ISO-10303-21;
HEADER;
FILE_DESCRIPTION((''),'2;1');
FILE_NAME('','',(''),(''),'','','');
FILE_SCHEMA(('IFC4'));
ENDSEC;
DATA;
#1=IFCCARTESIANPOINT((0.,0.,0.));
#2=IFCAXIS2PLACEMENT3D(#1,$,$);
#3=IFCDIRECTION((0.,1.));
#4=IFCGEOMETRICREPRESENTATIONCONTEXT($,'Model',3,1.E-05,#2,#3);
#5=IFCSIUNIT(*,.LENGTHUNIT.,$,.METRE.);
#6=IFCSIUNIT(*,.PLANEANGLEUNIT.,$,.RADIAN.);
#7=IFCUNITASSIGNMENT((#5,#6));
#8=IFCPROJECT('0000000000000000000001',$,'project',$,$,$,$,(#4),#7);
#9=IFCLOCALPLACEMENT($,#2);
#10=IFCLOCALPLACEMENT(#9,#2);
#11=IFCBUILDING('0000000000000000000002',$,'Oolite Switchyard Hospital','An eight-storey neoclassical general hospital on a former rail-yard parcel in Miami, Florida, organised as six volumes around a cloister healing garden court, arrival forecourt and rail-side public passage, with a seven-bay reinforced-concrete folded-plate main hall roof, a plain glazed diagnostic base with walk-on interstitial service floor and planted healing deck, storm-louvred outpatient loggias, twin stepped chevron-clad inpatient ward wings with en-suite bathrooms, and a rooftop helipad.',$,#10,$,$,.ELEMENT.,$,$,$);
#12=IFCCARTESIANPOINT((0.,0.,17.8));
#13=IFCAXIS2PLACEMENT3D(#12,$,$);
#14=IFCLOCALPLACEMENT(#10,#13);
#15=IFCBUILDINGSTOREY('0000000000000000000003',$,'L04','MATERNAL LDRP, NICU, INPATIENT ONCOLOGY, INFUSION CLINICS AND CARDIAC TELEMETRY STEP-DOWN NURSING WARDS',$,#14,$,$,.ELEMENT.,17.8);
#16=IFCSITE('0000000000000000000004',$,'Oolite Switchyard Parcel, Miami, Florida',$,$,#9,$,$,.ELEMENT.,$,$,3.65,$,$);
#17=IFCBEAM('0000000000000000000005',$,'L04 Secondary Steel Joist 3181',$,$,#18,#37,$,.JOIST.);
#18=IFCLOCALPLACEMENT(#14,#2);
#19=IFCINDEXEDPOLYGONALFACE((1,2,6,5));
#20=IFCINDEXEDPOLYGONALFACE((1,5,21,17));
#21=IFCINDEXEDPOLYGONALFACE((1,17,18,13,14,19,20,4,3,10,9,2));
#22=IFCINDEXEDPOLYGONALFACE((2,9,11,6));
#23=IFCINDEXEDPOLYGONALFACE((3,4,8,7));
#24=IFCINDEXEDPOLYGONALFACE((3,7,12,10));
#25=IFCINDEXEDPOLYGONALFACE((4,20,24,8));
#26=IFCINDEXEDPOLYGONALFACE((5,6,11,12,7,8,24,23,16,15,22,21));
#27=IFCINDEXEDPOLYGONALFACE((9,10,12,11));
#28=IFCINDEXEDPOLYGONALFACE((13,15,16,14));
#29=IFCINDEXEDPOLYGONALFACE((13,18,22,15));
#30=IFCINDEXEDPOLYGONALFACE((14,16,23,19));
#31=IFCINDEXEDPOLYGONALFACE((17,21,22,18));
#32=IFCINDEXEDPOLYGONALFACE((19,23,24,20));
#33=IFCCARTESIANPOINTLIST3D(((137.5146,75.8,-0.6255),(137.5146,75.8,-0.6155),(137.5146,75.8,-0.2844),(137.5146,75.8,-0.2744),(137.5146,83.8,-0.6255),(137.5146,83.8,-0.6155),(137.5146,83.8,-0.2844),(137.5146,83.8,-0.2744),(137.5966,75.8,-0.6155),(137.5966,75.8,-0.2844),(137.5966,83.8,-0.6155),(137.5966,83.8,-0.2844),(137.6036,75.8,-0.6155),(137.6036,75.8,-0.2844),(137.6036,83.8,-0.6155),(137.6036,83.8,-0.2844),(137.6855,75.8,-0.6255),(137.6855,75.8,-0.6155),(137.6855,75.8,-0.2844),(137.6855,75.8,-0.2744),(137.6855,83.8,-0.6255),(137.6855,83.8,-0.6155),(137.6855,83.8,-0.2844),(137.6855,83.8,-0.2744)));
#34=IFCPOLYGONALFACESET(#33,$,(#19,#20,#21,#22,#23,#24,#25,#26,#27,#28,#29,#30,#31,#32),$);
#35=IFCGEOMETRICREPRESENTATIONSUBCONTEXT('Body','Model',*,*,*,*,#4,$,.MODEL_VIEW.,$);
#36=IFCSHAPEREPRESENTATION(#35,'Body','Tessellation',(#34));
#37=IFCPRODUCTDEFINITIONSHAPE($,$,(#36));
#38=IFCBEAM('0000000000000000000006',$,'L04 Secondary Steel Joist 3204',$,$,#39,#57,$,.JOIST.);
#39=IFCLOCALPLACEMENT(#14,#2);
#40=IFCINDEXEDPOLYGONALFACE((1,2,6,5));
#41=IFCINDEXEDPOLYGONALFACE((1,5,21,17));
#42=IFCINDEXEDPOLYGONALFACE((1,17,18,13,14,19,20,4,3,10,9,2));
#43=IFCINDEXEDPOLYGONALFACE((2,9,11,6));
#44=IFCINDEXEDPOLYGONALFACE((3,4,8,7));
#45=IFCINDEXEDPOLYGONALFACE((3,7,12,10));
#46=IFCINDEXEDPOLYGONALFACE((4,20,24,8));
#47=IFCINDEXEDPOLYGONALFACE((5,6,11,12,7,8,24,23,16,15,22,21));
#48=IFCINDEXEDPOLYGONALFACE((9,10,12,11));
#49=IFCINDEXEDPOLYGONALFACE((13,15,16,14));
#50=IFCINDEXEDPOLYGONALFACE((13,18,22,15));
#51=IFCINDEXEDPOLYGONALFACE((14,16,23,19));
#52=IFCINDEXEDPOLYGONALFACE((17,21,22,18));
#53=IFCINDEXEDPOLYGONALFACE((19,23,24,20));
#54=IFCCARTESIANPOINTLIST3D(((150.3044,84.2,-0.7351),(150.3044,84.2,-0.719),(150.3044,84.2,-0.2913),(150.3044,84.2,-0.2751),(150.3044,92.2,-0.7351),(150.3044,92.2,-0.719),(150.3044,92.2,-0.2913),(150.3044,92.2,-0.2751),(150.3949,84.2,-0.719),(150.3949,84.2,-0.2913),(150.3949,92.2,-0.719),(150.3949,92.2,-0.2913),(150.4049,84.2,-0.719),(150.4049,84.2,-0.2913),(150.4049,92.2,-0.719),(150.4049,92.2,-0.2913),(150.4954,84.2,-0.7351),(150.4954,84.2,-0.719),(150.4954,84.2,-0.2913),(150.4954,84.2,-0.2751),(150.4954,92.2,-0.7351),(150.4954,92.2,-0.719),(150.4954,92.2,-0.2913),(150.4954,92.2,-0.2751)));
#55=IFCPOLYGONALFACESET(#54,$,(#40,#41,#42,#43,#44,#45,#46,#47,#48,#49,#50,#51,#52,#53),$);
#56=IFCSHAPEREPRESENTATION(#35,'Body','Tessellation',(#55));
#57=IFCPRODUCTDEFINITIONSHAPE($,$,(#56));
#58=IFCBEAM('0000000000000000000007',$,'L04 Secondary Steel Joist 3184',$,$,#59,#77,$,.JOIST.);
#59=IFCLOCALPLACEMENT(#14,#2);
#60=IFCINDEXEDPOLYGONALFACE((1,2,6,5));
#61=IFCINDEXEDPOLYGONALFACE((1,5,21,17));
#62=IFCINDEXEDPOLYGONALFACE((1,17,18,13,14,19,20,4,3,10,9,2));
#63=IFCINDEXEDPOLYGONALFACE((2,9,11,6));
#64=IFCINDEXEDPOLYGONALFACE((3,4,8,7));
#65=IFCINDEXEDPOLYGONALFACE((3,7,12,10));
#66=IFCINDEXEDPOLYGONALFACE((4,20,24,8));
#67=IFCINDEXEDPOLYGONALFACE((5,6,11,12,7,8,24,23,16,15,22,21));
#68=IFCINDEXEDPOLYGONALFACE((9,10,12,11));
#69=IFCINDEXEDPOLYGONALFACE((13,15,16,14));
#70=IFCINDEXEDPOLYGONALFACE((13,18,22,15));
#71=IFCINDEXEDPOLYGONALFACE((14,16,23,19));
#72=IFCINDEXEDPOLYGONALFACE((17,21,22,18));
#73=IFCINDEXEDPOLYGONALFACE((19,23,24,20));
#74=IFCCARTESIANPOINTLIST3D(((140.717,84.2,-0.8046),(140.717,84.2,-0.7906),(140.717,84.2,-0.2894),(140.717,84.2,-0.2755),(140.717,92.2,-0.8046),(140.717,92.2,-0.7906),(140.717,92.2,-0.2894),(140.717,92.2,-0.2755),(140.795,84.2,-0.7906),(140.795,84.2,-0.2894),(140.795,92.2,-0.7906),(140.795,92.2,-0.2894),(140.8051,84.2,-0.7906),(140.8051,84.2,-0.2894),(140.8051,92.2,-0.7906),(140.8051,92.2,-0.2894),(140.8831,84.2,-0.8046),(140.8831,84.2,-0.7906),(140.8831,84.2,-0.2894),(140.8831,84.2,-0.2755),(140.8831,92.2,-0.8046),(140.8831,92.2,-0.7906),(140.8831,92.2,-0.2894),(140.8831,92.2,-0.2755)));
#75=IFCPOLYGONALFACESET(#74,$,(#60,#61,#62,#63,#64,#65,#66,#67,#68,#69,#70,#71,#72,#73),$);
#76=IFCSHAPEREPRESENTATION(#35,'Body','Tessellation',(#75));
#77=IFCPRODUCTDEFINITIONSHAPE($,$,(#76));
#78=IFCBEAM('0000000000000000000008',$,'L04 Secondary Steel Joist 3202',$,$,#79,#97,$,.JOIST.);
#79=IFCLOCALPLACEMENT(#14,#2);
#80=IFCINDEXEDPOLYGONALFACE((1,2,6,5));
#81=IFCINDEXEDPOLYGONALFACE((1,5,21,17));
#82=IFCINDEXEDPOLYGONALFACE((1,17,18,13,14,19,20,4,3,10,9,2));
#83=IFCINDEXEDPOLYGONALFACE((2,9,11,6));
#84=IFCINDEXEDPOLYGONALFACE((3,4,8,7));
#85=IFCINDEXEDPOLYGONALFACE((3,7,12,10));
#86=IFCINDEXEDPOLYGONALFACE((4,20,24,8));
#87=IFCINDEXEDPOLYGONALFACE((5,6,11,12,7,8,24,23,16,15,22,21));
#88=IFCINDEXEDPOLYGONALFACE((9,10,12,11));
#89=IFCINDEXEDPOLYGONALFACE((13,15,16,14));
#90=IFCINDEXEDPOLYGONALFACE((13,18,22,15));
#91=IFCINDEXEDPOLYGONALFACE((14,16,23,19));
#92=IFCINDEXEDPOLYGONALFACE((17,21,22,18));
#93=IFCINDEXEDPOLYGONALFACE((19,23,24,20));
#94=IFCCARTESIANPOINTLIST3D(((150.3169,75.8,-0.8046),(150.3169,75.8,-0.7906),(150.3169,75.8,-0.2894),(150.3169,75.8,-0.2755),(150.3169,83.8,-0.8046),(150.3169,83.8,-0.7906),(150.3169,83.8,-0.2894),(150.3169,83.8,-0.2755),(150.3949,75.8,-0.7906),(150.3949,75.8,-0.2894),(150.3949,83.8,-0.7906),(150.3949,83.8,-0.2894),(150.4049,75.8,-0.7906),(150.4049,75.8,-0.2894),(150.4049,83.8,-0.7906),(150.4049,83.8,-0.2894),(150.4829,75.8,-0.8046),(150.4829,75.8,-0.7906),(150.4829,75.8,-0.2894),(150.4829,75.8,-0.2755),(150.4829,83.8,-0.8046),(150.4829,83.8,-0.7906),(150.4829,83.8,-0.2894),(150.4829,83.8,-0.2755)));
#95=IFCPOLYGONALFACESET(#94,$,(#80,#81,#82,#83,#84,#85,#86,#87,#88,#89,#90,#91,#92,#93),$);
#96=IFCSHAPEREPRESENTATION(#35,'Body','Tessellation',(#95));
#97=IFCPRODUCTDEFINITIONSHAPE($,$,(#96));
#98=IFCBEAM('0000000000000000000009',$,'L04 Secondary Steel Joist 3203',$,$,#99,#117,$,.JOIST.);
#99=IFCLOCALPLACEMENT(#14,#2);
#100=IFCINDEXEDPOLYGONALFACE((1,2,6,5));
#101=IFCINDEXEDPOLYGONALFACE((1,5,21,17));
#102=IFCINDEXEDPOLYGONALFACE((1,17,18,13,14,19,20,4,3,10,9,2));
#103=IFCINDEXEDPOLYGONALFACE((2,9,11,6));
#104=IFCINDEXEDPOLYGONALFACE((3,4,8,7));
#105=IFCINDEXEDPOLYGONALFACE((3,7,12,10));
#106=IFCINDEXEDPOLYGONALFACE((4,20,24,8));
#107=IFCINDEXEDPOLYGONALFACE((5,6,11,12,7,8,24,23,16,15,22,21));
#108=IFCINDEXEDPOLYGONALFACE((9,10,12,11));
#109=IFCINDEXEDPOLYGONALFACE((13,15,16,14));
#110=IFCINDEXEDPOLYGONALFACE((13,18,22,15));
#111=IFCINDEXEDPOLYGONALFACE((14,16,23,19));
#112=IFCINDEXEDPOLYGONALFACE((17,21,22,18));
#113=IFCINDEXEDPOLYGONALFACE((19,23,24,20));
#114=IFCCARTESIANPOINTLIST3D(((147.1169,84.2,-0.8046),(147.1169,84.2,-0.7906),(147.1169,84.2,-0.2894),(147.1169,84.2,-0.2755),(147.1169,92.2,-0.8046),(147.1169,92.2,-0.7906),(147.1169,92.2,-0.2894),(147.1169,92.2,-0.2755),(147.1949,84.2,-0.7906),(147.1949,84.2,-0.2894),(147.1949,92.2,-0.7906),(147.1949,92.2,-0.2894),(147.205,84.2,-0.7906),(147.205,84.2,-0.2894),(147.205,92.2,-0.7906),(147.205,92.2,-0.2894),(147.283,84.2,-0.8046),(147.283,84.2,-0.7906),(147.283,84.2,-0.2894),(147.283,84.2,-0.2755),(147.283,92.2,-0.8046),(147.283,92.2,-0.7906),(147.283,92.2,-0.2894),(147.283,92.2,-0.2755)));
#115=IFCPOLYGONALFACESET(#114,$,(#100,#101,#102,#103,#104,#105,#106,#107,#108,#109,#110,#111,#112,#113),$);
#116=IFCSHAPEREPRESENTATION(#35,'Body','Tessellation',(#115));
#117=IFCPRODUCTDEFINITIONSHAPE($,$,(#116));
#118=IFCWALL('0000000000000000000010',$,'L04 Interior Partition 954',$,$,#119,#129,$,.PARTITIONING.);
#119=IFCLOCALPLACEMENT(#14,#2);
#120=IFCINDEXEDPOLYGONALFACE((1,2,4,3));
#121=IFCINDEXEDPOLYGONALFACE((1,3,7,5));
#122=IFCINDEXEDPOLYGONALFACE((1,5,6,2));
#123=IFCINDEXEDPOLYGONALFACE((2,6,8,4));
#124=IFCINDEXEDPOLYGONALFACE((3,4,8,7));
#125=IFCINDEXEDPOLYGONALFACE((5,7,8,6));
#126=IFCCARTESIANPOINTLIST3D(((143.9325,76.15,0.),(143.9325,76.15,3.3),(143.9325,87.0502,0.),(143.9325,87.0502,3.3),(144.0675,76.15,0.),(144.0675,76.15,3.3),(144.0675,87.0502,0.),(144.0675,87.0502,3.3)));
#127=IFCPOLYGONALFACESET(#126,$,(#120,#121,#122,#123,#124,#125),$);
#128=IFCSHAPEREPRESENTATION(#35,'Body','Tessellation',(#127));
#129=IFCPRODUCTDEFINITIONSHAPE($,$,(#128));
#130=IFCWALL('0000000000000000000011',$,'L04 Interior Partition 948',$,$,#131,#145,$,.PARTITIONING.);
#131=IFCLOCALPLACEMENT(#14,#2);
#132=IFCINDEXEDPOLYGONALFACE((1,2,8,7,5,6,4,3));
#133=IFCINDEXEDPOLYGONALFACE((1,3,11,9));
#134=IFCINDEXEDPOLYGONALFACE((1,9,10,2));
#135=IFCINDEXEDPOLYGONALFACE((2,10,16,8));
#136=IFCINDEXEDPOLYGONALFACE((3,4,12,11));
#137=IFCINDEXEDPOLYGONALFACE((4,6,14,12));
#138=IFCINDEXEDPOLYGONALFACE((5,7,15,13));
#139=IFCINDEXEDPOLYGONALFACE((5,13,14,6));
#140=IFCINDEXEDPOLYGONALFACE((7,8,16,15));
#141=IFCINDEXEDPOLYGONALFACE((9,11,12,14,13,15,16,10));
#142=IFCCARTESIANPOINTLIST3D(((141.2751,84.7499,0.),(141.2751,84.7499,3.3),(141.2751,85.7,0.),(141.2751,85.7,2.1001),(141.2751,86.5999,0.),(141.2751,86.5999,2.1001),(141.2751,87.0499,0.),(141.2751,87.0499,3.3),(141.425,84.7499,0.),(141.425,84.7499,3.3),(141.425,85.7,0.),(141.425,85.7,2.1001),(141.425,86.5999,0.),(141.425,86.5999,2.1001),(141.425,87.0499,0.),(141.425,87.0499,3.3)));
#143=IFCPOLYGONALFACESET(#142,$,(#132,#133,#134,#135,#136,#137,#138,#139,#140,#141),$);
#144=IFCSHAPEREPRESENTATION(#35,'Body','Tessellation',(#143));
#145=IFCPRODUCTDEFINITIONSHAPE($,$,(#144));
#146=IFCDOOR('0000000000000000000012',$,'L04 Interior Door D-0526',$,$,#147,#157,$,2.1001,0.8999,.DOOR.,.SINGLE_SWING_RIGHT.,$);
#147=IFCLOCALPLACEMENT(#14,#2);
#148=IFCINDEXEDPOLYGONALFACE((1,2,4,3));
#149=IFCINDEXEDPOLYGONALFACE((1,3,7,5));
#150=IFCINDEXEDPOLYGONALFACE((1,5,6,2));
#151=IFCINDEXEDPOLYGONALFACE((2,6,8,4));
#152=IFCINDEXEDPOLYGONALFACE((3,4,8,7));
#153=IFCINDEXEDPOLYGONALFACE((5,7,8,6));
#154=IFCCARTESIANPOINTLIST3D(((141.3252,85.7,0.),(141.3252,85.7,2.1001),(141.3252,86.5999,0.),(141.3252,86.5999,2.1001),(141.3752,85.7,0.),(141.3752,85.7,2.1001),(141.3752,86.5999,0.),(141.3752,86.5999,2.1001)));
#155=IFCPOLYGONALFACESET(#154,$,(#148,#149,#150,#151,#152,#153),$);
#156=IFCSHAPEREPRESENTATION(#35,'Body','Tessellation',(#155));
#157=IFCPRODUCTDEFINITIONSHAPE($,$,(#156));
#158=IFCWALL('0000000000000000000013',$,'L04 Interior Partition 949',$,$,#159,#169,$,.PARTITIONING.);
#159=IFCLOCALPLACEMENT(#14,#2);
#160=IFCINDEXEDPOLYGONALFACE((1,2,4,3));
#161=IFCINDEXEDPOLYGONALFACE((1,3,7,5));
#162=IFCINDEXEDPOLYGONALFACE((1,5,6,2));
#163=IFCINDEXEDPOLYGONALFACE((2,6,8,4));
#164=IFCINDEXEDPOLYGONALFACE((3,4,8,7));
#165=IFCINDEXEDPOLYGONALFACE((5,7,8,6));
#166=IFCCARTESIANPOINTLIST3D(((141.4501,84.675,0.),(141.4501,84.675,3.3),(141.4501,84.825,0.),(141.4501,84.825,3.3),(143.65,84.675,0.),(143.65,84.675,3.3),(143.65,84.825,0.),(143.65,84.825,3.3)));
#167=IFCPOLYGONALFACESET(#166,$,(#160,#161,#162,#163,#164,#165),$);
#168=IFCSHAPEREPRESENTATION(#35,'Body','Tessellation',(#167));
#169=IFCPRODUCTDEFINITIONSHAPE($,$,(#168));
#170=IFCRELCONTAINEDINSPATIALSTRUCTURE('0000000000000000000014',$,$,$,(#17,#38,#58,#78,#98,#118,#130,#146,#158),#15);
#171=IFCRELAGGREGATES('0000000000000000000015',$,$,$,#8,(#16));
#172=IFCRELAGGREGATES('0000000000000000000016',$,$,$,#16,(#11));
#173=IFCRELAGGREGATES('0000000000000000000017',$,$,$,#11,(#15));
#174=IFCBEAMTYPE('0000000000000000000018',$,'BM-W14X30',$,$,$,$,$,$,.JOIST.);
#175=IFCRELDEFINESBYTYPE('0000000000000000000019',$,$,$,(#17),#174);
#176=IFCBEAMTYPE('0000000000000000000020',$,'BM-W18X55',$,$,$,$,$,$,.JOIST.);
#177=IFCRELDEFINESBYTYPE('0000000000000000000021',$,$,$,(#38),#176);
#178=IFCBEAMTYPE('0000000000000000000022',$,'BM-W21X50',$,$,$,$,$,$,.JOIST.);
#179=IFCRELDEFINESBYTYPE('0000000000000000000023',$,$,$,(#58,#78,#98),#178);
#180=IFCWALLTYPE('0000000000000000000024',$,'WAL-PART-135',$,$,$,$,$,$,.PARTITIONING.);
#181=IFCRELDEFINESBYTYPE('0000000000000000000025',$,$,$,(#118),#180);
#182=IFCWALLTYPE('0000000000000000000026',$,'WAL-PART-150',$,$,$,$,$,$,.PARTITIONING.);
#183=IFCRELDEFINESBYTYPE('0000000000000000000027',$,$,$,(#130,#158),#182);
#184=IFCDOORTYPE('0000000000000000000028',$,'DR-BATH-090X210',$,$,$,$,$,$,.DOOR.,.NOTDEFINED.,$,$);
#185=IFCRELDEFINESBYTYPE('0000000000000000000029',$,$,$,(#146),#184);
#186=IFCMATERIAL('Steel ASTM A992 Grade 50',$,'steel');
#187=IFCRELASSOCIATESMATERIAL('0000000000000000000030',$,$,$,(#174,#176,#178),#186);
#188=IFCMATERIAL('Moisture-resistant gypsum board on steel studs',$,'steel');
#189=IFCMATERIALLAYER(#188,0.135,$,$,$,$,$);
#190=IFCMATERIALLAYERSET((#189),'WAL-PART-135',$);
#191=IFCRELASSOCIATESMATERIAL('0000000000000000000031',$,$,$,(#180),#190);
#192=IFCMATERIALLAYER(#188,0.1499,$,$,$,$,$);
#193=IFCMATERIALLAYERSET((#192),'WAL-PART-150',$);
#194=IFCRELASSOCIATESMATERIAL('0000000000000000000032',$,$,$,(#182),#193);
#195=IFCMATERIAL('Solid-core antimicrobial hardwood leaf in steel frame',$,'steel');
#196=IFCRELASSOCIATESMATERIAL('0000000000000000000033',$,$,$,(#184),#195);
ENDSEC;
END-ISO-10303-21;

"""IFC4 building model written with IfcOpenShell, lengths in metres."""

from ifc_helpers import new_model, si_unit, direction, frame, frame_2d, origin, origin_2d, place, context, subcontext, project, spatial, rectangle, i_section, extrude, material, layer, layer_set, material_profile, profile_set, type_object, element, fill, save


model = new_model("IFC4")

# Units and contexts
model_context = context("Model", 3, precision=1e-05, world=origin(), true_north=direction((0.0, 1.0)))
body_context = subcontext(model_context, "Body", "Model", "MODEL_VIEW")
ifc_project = project(units=[si_unit("LENGTHUNIT", "METRE"), si_unit("PLANEANGLEUNIT", "RADIAN")], contexts=[model_context])

# Site, building, storey
site_placement = place(None, origin())
site = spatial("IfcSite", under=ifc_project, at=site_placement, Name="Oolite Switchyard Parcel, Miami, Florida", CompositionType="ELEMENT", RefElevation=3.65)
building_placement = place(site_placement, origin())
building = spatial("IfcBuilding", under=site, at=building_placement, Name="Oolite Switchyard Hospital", Description="An eight-storey neoclassical general hospital on a former rail-yard parcel in Miami, Florida, organised as six volumes around a cloister healing garden court, arrival forecourt and rail-side public passage, with a seven-bay reinforced-concrete folded-plate main hall roof, a plain glazed diagnostic base with walk-on interstitial service floor and planted healing deck, storm-louvred outpatient loggias, twin stepped chevron-clad inpatient ward wings with en-suite bathrooms, and a rooftop helipad.", CompositionType="ELEMENT")
storey_placement = place(building_placement, frame((0.0, 0.0, 17.8)))
storey = spatial("IfcBuildingStorey", under=building, at=storey_placement, Name="L04", Description="MATERNAL LDRP, NICU, INPATIENT ONCOLOGY, INFUSION CLINICS AND CARDIAC TELEMETRY STEP-DOWN NURSING WARDS", CompositionType="ELEMENT", Elevation=17.8)

# Beams
ifc_material_1 = material(Name="Steel ASTM A992 Grade 50", Category="steel")
ifc_material_profile_1 = material_profile(ifc_material_1, i_section(OverallWidth=0.1709, OverallDepth=0.3511, WebThickness=0.0071, FlangeThickness=0.01, at=origin_2d()), Name="W14X30")
ifc_profile_set_1 = profile_set([ifc_material_profile_1], Name="Steel ASTM A992 Grade 50")
beam_type_1 = type_object("IfcBeamType", Name="BM-W14X30", PredefinedType="JOIST", material=ifc_profile_set_1)
beam_1_placement = place(storey_placement, frame((137.6001, 75.8, -0.45), z_axis=(0.0, 1.0, 0.0), x_axis=(-1.0, 0.0, 0.0)))
element("IfcBeam", 1, at=beam_1_placement, inside=storey, type_object=beam_type_1, Name="L04 Secondary Steel Joist 3181", PredefinedType="JOIST", context=body_context, shape_type="SweptSolid", body=[
    extrude(i_section(OverallWidth=0.1709, OverallDepth=0.3511, WebThickness=0.0071, FlangeThickness=0.01, at=origin_2d()), origin(), (0.0, 0.0, 1.0), 8.0),
])
ifc_material_profile_2 = material_profile(ifc_material_1, i_section(OverallWidth=0.1909, OverallDepth=0.46, WebThickness=0.01, FlangeThickness=0.0161, at=origin_2d()), Name="W18X55")
ifc_profile_set_2 = profile_set([ifc_material_profile_2], Name="Steel ASTM A992 Grade 50")
beam_type_2 = type_object("IfcBeamType", Name="BM-W18X55", PredefinedType="JOIST", material=ifc_profile_set_2)
beam_2_placement = place(storey_placement, frame((150.3999, 84.2, -0.5051), z_axis=(0.0, 1.0, 0.0), x_axis=(-1.0, 0.0, 0.0)))
element("IfcBeam", 2, at=beam_2_placement, inside=storey, type_object=beam_type_2, Name="L04 Secondary Steel Joist 3204", PredefinedType="JOIST", context=body_context, shape_type="SweptSolid", body=[
    extrude(i_section(OverallWidth=0.1909, OverallDepth=0.46, WebThickness=0.01, FlangeThickness=0.0161, at=origin_2d()), origin(), (0.0, 0.0, 1.0), 8.0),
])
ifc_material_profile_3 = material_profile(ifc_material_1, i_section(OverallWidth=0.166, OverallDepth=0.5291, WebThickness=0.01, FlangeThickness=0.0139, at=origin_2d()), Name="W21X50")
ifc_profile_set_3 = profile_set([ifc_material_profile_3], Name="Steel ASTM A992 Grade 50")
beam_type_3 = type_object("IfcBeamType", Name="BM-W21X50", PredefinedType="JOIST", material=ifc_profile_set_3)
for number, where, z_axis, x_axis, name in (
    (3, (140.8, 84.2, -0.54), (0.0, 1.0, 0.0), (-1.0, 0.0, 0.0), "L04 Secondary Steel Joist 3184"),
    (4, (150.3999, 75.8, -0.54), (0.0, 1.0, 0.0), (-1.0, 0.0, 0.0), "L04 Secondary Steel Joist 3202"),
    (5, (147.2, 84.2, -0.54), (0.0, 1.0, 0.0), (-1.0, 0.0, 0.0), "L04 Secondary Steel Joist 3203"),
):
    element("IfcBeam", number, at=place(storey_placement, frame(where, z_axis=z_axis, x_axis=x_axis)), inside=storey, type_object=beam_type_3, Name=name, PredefinedType="JOIST", context=body_context, shape_type="SweptSolid", body=[
        extrude(i_section(OverallWidth=0.166, OverallDepth=0.5291, WebThickness=0.01, FlangeThickness=0.0139, at=origin_2d()), origin(), (0.0, 0.0, 1.0), 8.0),
    ])

# Wall
ifc_material_2 = material(Name="Moisture-resistant gypsum board on steel studs", Category="steel")
ifc_layer_1 = layer(ifc_material_2, 0.135)
ifc_layer_set_1 = layer_set([ifc_layer_1], Name="WAL-PART-135")
wall_type_1 = type_object("IfcWallType", Name="WAL-PART-135", PredefinedType="PARTITIONING", material=ifc_layer_set_1)
wall_1_placement = place(storey_placement, frame((144.0, 76.1499, 0.0), z_axis=(0.0, 0.0, 1.0), x_axis=(0.0, 1.0, 0.0)))
element("IfcWall", 6, at=wall_1_placement, inside=storey, type_object=wall_type_1, Name="L04 Interior Partition 954", PredefinedType="PARTITIONING", context=body_context, shape_type="SweptSolid", body=[
    extrude(rectangle(XDim=10.9001, YDim=0.135, at=frame_2d((5.4502, 0.0))), origin(), (0.0, 0.0, 1.0), 3.3),
])

# Wall, opening, door
ifc_layer_2 = layer(ifc_material_2, 0.1499)
ifc_layer_set_2 = layer_set([ifc_layer_2], Name="WAL-PART-150")
wall_type_2 = type_object("IfcWallType", Name="WAL-PART-150", PredefinedType="PARTITIONING", material=ifc_layer_set_2)
wall_2_placement = place(storey_placement, frame((141.3501, 84.75, 0.0), z_axis=(0.0, 0.0, 1.0), x_axis=(0.0, 1.0, 0.0)))
wall_2 = element("IfcWall", 7, at=wall_2_placement, inside=storey, type_object=wall_type_2, Name="L04 Interior Partition 948", PredefinedType="PARTITIONING", context=body_context, shape_type="SweptSolid", body=[
    extrude(rectangle(XDim=2.3, YDim=0.1499, at=frame_2d((1.1499, 0.0))), origin(), (0.0, 0.0, 1.0), 3.3),
])
opening_placement = place(wall_2_placement, frame((0.95, 0.0, 0.0)))
opening = element("IfcOpeningElement", 8, at=opening_placement, cuts=wall_2, PredefinedType="OPENING", context=body_context, shape_type="SweptSolid", body=[
    extrude(rectangle(XDim=0.8999, YDim=2.1001, at=frame_2d((0.45, 1.05))), frame((0.0, 0.085, 0.0), z_axis=(0.0, -1.0, 0.0), x_axis=(1.0, 0.0, 0.0)), (0.0, 0.0, 1.0), 0.1699),
])
ifc_material_3 = material(Name="Solid-core antimicrobial hardwood leaf in steel frame", Category="steel")
door_type = type_object("IfcDoorType", Name="DR-BATH-090X210", OperationType="NOTDEFINED", PredefinedType="DOOR", material=ifc_material_3)
door_placement = place(opening_placement, origin())
door = element("IfcDoor", 9, at=door_placement, inside=storey, type_object=door_type, Name="L04 Interior Door D-0526", OperationType="SINGLE_SWING_RIGHT", OverallHeight=2.1001, OverallWidth=0.8999, PredefinedType="DOOR", context=body_context, shape_type="SweptSolid", body=[
    extrude(rectangle(XDim=0.8999, YDim=2.1001, at=frame_2d((0.45, 1.05))), frame((0.0, 0.0249, 0.0), z_axis=(0.0, -1.0, 0.0), x_axis=(1.0, 0.0, 0.0)), (0.0, 0.0, 1.0), 0.05),
])
fill(opening, door)

# Wall
wall_3_placement = place(storey_placement, frame((141.45, 84.75, 0.0), z_axis=(0.0, 0.0, 1.0), x_axis=(1.0, 0.0, 0.0)))
element("IfcWall", 10, at=wall_3_placement, inside=storey, type_object=wall_type_2, Name="L04 Interior Partition 949", PredefinedType="PARTITIONING", context=body_context, shape_type="SweptSolid", body=[
    extrude(rectangle(XDim=2.2, YDim=0.1499, at=frame_2d((1.1001, 0.0))), origin(), (0.0, 0.0, 1.0), 3.3),
])

save(model, "model.ifc")
